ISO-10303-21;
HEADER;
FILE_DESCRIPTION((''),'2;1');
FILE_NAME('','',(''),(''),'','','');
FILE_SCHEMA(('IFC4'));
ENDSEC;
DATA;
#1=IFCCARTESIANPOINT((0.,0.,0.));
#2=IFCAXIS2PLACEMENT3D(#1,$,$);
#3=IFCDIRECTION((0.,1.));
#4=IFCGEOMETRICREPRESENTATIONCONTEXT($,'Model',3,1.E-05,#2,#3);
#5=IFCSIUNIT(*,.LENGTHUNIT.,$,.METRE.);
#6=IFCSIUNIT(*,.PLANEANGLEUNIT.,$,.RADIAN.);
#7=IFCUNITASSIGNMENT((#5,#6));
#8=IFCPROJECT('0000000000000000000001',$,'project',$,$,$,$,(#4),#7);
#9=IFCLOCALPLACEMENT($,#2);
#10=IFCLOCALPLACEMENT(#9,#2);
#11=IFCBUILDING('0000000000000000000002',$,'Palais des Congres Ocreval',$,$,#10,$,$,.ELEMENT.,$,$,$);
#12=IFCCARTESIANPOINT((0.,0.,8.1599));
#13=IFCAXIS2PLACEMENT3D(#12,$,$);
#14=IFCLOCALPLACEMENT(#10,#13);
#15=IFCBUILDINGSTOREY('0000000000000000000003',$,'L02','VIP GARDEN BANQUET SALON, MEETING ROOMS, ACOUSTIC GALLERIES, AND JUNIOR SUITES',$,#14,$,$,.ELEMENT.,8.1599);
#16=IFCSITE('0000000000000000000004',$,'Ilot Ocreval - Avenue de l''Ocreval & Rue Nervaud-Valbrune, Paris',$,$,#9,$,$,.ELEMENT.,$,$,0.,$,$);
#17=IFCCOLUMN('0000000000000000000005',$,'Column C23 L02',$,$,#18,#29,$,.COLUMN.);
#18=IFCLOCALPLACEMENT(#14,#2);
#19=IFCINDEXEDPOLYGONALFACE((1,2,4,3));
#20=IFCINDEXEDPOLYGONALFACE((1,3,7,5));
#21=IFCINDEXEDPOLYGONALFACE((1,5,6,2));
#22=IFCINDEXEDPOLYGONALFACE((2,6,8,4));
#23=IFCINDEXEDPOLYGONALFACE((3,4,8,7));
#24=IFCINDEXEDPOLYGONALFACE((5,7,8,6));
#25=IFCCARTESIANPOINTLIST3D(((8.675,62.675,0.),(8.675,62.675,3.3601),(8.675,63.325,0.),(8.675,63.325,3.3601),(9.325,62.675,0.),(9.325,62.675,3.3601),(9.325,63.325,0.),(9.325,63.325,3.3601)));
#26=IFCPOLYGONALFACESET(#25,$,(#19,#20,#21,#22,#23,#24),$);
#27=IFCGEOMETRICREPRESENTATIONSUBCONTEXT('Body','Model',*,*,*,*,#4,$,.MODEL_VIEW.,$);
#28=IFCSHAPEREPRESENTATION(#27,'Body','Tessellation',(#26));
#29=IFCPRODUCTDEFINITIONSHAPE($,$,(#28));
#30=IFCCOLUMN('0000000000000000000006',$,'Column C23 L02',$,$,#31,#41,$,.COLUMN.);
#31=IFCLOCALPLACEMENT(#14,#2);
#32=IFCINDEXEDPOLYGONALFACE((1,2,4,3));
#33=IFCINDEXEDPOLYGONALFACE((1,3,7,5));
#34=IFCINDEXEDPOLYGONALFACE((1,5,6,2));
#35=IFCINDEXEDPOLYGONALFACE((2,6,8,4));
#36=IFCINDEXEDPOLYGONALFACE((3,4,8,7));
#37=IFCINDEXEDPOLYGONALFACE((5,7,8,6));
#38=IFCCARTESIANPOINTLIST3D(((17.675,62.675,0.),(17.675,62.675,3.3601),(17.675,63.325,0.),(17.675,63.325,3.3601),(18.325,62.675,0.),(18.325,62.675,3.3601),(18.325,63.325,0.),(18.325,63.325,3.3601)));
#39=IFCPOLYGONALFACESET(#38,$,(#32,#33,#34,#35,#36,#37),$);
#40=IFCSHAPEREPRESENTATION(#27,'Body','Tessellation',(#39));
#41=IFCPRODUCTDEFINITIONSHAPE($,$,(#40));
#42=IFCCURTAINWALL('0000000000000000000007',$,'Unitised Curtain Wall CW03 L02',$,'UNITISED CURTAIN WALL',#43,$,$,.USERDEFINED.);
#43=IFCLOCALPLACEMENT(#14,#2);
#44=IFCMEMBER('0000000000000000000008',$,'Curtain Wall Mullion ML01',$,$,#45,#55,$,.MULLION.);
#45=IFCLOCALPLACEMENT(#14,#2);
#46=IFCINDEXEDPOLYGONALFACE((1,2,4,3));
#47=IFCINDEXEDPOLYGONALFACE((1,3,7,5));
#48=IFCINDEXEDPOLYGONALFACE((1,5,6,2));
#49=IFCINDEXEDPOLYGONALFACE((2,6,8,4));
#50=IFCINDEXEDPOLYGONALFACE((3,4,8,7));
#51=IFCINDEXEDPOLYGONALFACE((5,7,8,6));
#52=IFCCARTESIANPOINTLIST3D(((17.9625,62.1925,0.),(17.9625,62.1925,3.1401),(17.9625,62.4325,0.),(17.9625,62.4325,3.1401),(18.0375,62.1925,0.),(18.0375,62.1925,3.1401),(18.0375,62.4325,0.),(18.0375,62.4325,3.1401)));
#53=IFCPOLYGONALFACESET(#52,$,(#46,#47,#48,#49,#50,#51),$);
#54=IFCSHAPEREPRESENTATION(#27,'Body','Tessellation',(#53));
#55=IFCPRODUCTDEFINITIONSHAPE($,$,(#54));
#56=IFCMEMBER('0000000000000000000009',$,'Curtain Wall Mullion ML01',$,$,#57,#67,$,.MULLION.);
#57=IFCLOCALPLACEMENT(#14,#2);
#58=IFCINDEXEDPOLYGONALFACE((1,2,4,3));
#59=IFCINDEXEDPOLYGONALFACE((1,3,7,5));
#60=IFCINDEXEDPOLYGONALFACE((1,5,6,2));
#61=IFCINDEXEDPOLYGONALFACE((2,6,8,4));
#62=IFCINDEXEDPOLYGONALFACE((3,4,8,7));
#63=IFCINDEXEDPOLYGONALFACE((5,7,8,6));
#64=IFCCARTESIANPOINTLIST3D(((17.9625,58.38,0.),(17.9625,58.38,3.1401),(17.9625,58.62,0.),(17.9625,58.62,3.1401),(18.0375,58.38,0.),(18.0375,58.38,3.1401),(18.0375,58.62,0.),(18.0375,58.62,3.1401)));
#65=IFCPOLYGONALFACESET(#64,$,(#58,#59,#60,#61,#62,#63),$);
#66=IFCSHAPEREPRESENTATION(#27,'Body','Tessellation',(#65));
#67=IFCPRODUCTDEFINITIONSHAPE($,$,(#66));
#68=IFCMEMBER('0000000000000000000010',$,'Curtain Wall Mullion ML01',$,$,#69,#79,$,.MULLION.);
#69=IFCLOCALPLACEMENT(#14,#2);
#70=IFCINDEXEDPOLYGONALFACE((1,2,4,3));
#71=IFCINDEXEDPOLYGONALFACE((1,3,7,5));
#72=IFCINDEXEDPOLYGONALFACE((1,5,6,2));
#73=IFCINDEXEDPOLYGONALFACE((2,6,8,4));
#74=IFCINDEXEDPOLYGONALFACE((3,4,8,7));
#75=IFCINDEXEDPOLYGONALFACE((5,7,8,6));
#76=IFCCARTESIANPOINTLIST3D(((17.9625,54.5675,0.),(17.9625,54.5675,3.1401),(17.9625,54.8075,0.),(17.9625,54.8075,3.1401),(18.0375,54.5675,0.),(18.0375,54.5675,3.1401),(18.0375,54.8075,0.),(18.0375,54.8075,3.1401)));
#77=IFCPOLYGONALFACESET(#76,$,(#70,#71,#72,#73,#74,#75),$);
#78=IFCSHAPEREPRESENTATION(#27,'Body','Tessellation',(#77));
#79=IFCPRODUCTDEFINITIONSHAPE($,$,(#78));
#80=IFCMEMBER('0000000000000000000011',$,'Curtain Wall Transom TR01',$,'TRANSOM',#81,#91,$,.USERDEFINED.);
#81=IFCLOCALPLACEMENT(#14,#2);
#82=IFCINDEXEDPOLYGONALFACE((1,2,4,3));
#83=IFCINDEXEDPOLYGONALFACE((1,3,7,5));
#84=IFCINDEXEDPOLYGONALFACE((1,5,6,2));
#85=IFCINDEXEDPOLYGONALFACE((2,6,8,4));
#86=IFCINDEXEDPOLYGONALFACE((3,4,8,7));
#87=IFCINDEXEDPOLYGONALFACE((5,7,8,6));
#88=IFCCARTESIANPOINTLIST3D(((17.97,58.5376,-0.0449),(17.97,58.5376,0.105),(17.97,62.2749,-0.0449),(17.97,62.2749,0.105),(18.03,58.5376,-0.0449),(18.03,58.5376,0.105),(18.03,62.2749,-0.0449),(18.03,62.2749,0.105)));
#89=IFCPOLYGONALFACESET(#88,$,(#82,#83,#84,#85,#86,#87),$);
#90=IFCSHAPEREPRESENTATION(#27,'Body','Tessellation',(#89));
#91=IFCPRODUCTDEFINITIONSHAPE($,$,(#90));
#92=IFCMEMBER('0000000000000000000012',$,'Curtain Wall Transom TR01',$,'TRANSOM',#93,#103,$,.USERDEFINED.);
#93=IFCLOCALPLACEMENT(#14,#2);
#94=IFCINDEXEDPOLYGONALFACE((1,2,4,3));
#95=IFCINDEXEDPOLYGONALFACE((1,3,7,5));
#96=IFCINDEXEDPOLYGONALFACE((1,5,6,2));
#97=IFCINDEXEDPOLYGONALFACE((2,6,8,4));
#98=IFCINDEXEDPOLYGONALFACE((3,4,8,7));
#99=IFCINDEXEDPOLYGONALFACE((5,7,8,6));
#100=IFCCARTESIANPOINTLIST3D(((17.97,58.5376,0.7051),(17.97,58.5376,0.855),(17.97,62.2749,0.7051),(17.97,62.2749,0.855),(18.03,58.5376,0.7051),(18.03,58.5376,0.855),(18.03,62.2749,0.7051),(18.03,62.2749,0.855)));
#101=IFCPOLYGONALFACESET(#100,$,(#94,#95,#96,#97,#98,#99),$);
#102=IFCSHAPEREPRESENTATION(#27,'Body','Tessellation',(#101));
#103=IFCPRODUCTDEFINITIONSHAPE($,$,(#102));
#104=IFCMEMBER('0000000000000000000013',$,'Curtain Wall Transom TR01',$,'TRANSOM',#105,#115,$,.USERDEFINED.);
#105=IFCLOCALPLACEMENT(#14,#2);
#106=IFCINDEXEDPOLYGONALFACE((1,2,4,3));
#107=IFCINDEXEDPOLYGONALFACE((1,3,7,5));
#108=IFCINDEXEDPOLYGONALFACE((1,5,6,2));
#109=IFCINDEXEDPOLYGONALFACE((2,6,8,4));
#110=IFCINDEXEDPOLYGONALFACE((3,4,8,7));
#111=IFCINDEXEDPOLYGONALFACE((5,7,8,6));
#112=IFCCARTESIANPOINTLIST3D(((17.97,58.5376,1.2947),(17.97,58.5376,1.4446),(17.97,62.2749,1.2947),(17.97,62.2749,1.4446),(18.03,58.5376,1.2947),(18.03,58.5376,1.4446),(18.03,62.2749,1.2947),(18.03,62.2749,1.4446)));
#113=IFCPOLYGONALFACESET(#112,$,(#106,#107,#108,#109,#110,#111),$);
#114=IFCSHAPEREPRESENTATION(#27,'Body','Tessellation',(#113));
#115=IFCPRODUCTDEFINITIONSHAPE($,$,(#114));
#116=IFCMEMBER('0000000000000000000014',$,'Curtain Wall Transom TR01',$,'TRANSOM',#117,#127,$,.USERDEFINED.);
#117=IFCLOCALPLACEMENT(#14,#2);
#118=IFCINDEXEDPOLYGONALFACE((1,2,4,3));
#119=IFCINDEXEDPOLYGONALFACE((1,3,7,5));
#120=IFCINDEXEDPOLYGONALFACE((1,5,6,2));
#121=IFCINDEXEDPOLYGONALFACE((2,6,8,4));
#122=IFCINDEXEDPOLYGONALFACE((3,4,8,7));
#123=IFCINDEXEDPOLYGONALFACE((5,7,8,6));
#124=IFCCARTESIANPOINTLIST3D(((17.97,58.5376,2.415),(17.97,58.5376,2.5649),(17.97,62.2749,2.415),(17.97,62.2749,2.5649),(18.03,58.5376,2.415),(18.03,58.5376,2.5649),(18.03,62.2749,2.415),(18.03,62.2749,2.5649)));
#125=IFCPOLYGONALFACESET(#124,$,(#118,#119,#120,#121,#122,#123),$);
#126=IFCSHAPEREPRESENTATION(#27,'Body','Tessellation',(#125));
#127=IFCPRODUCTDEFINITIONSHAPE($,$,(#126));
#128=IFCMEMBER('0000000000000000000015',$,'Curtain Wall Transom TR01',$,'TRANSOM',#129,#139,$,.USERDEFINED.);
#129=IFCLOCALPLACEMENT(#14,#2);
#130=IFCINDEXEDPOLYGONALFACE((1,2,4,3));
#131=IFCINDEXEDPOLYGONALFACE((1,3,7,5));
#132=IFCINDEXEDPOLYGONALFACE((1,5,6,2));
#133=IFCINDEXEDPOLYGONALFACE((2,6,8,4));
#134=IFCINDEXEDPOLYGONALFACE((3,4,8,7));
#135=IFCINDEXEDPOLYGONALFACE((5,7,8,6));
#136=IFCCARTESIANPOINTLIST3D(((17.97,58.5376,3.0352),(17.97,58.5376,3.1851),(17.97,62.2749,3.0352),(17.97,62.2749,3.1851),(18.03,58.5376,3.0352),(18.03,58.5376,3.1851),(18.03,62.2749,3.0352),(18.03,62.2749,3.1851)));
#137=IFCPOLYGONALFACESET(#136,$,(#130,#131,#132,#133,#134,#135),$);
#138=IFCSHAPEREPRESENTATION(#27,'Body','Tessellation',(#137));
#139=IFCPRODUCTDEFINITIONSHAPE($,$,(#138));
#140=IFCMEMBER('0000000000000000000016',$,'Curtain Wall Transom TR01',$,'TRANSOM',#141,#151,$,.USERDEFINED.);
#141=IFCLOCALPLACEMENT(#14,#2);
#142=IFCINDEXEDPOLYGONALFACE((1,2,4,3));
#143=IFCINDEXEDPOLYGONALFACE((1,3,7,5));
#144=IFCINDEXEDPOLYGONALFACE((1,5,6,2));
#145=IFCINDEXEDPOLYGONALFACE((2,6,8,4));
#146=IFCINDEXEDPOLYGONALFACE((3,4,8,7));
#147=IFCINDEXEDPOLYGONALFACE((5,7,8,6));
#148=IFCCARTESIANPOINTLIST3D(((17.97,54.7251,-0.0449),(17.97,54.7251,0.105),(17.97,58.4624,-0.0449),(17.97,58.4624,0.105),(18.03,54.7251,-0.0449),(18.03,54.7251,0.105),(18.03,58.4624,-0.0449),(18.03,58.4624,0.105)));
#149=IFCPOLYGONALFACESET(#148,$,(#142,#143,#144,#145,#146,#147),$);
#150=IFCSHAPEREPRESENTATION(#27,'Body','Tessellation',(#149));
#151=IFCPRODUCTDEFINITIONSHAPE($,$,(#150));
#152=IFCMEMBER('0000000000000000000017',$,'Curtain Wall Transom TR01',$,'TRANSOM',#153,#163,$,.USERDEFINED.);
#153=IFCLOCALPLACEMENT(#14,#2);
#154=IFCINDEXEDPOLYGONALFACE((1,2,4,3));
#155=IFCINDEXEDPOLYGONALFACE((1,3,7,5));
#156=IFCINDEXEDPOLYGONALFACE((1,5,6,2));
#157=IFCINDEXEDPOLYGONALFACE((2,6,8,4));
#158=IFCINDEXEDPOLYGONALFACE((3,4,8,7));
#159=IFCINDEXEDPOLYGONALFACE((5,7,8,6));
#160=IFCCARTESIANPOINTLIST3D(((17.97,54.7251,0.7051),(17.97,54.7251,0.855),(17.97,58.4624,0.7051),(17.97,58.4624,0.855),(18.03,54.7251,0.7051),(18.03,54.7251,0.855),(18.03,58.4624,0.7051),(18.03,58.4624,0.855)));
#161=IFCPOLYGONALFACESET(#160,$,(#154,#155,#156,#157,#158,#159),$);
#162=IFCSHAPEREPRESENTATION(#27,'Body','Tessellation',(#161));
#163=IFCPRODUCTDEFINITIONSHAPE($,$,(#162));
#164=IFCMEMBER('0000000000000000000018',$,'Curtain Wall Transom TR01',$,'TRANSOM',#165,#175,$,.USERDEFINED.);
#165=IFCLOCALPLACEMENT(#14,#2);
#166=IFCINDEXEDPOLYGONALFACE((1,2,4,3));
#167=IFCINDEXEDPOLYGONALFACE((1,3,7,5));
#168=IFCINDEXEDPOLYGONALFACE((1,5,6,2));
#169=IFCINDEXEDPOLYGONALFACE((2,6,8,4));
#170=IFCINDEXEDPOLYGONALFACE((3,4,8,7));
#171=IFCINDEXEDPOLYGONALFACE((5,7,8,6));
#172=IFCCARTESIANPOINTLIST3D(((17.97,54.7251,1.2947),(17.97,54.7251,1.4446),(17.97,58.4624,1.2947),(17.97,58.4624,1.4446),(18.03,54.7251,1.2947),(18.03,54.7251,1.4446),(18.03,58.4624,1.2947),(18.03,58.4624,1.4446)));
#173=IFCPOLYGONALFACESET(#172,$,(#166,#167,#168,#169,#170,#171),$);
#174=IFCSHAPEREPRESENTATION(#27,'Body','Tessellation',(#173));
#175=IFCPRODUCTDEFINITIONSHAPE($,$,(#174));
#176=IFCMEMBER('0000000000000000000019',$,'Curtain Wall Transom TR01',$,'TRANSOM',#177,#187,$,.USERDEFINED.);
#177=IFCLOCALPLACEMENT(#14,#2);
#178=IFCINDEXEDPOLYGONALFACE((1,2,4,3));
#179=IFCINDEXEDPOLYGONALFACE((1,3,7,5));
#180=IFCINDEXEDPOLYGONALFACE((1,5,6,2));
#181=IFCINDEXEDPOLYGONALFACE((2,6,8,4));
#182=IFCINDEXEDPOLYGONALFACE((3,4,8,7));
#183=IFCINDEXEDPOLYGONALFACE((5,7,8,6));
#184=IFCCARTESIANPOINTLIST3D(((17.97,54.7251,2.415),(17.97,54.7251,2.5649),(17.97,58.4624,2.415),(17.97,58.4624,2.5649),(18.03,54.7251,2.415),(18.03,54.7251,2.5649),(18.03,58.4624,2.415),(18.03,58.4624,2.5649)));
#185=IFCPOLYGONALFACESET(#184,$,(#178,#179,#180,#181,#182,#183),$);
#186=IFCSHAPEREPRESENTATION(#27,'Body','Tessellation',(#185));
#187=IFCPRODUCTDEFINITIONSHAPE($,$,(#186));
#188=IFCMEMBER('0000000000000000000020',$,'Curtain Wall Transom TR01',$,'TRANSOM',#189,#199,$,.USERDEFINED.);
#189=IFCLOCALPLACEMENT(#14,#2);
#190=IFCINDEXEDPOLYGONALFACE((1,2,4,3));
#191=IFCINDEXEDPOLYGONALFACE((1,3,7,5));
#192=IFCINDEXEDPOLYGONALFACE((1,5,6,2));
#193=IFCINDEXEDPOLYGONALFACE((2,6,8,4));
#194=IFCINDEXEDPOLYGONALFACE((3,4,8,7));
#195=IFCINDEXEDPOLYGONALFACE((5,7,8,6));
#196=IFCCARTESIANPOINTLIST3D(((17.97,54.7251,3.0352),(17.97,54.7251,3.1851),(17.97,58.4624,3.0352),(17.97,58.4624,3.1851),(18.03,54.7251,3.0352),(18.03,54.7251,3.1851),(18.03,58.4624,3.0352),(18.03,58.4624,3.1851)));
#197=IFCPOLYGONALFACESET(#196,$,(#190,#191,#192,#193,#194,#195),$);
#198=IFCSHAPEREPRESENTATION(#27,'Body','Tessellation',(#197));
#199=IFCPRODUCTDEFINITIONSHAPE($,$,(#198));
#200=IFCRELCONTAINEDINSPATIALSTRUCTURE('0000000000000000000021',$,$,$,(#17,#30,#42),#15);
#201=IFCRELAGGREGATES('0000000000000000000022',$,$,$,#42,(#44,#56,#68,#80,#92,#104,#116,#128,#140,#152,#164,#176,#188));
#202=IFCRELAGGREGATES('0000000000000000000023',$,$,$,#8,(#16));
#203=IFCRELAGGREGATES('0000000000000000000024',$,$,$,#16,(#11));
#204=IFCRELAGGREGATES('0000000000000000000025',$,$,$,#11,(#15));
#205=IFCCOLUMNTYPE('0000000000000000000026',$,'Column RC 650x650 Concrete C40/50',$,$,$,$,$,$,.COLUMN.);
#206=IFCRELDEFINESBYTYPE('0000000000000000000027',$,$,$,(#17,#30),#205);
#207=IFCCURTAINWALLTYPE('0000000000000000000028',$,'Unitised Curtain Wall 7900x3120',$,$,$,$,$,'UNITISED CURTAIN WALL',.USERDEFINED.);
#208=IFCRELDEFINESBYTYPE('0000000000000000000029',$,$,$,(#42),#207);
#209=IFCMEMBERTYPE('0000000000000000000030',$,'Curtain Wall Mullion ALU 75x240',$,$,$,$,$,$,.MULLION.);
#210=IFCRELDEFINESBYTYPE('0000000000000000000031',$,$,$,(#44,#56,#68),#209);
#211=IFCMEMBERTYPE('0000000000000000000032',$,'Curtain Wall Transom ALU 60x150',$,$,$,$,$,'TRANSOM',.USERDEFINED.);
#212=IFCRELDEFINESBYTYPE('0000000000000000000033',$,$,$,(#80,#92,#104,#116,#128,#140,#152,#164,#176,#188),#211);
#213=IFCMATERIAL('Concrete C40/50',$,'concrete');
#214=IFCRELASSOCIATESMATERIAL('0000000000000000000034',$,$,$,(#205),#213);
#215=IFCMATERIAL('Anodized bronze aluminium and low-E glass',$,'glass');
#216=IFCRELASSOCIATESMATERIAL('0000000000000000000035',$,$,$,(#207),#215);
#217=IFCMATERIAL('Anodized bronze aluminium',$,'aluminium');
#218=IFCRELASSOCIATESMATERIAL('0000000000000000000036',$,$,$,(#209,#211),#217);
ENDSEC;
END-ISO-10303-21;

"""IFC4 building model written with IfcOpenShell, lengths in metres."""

from ifc_helpers import new_model, si_unit, direction, frame, origin, origin_2d, place, context, subcontext, project, spatial, rectangle, extrude, material, material_profile, profile_set, type_object, element, aggregate, save


model = new_model("IFC4")

# Units and contexts
model_context = context("Model", 3, precision=1e-05, world=origin(), true_north=direction((0.0, 1.0)))
body_context = subcontext(model_context, "Body", "Model", "MODEL_VIEW")
ifc_project = project(units=[si_unit("LENGTHUNIT", "METRE"), si_unit("PLANEANGLEUNIT", "RADIAN")], contexts=[model_context])

# Site, building, storey
site_placement = place(None, origin())
site = spatial("IfcSite", under=ifc_project, at=site_placement, Name="Ilot Ocreval - Avenue de l'Ocreval & Rue Nervaud-Valbrune, Paris", CompositionType="ELEMENT", RefElevation=0.0)
building_placement = place(site_placement, origin())
building = spatial("IfcBuilding", under=site, at=building_placement, Name="Palais des Congres Ocreval", CompositionType="ELEMENT")
storey_placement = place(building_placement, frame((0.0, 0.0, 8.1599)))
storey = spatial("IfcBuildingStorey", under=building, at=storey_placement, Name="L02", Description="VIP GARDEN BANQUET SALON, MEETING ROOMS, ACOUSTIC GALLERIES, AND JUNIOR SUITES", CompositionType="ELEMENT", Elevation=8.1599)

# Columns
ifc_material_1 = material(Name="Concrete C40/50", Category="concrete")
ifc_material_profile_1 = material_profile(ifc_material_1, rectangle(XDim=0.6499, YDim=0.6499, at=origin_2d()), Name="RC 650x650")
ifc_profile_set_1 = profile_set([ifc_material_profile_1], Name="Concrete C40/50")
column_type = type_object("IfcColumnType", Name="Column RC 650x650 Concrete C40/50", PredefinedType="COLUMN", material=ifc_profile_set_1)
for number, where, z_axis, x_axis, name in (
    (1, (9.0, 63.0, 0.0), (0.0, 0.0, 1.0), (1.0, 0.0, 0.0), "Column C23 L02"),
    (2, (18.0, 63.0, 0.0), (0.0, 0.0, 1.0), (1.0, 0.0, 0.0), "Column C23 L02"),
):
    element("IfcColumn", number, at=place(storey_placement, frame(where, z_axis=z_axis, x_axis=x_axis)), inside=storey, type_object=column_type, Name=name, PredefinedType="COLUMN", context=body_context, shape_type="SweptSolid", body=[
        extrude(rectangle(XDim=0.6499, YDim=0.6499, at=origin_2d()), origin(), (0.0, 0.0, 1.0), 3.3601),
    ])

# Curtain wall, members
ifc_material_2 = material(Name="Anodized bronze aluminium and low-E glass", Category="glass")
curtain_wall_type = type_object("IfcCurtainWallType", Name="Unitised Curtain Wall 7900x3120", ElementType="UNITISED CURTAIN WALL", PredefinedType="USERDEFINED", material=ifc_material_2)
curtain_wall_placement = place(storey_placement, origin())
curtain_wall = element("IfcCurtainWall", 3, at=curtain_wall_placement, inside=storey, type_object=curtain_wall_type, Name="Unitised Curtain Wall CW03 L02", ObjectType="UNITISED CURTAIN WALL", PredefinedType="USERDEFINED")
ifc_material_3 = material(Name="Anodized bronze aluminium", Category="aluminium")
ifc_material_profile_2 = material_profile(ifc_material_3, rectangle(XDim=0.075, YDim=0.24, at=origin_2d()), Name="ALU 75x240")
ifc_profile_set_2 = profile_set([ifc_material_profile_2], Name="Anodized bronze aluminium")
member_type_1 = type_object("IfcMemberType", Name="Curtain Wall Mullion ALU 75x240", PredefinedType="MULLION", material=ifc_profile_set_2)
member_1_placement = place(storey_placement, frame((18.0, 62.3125, 0.0), z_axis=(0.0, 0.0, 1.0), x_axis=(1.0, 0.0, 0.0)))
member_1 = element("IfcMember", 4, at=member_1_placement, type_object=member_type_1, Name="Curtain Wall Mullion ML01", PredefinedType="MULLION", context=body_context, shape_type="SweptSolid", body=[
    extrude(rectangle(XDim=0.075, YDim=0.24, at=origin_2d()), origin(), (0.0, 0.0, 1.0), 3.1401),
])
member_2_placement = place(storey_placement, frame((18.0, 58.5, 0.0), z_axis=(0.0, 0.0, 1.0), x_axis=(1.0, 0.0, 0.0)))
member_2 = element("IfcMember", 5, at=member_2_placement, type_object=member_type_1, Name="Curtain Wall Mullion ML01", PredefinedType="MULLION", context=body_context, shape_type="SweptSolid", body=[
    extrude(rectangle(XDim=0.075, YDim=0.24, at=origin_2d()), origin(), (0.0, 0.0, 1.0), 3.1401),
])
member_3_placement = place(storey_placement, frame((18.0, 54.6875, 0.0), z_axis=(0.0, 0.0, 1.0), x_axis=(1.0, 0.0, 0.0)))
member_3 = element("IfcMember", 6, at=member_3_placement, type_object=member_type_1, Name="Curtain Wall Mullion ML01", PredefinedType="MULLION", context=body_context, shape_type="SweptSolid", body=[
    extrude(rectangle(XDim=0.075, YDim=0.24, at=origin_2d()), origin(), (0.0, 0.0, 1.0), 3.1401),
])
ifc_material_profile_3 = material_profile(ifc_material_3, rectangle(XDim=0.0601, YDim=0.1499, at=origin_2d()), Name="ALU 60x150")
ifc_profile_set_3 = profile_set([ifc_material_profile_3], Name="Anodized bronze aluminium")
member_type_2 = type_object("IfcMemberType", Name="Curtain Wall Transom ALU 60x150", ElementType="TRANSOM", PredefinedType="USERDEFINED", material=ifc_profile_set_3)
member_4_placement = place(storey_placement, frame((18.0, 62.2749, 0.03), z_axis=(0.0, -1.0, 0.0), x_axis=(1.0, 0.0, 0.0)))
member_4 = element("IfcMember", 7, at=member_4_placement, type_object=member_type_2, Name="Curtain Wall Transom TR01", ObjectType="TRANSOM", PredefinedType="USERDEFINED", context=body_context, shape_type="SweptSolid", body=[
    extrude(rectangle(XDim=0.0601, YDim=0.1499, at=origin_2d()), origin(), (0.0, 0.0, 1.0), 3.7373),
])
member_5_placement = place(storey_placement, frame((18.0, 62.2749, 0.78), z_axis=(0.0, -1.0, 0.0), x_axis=(1.0, 0.0, 0.0)))
member_5 = element("IfcMember", 8, at=member_5_placement, type_object=member_type_2, Name="Curtain Wall Transom TR01", ObjectType="TRANSOM", PredefinedType="USERDEFINED", context=body_context, shape_type="SweptSolid", body=[
    extrude(rectangle(XDim=0.0601, YDim=0.1499, at=origin_2d()), origin(), (0.0, 0.0, 1.0), 3.7373),
])
member_6_placement = place(storey_placement, frame((18.0, 62.2749, 1.3696), z_axis=(0.0, -1.0, 0.0), x_axis=(1.0, 0.0, 0.0)))
member_6 = element("IfcMember", 9, at=member_6_placement, type_object=member_type_2, Name="Curtain Wall Transom TR01", ObjectType="TRANSOM", PredefinedType="USERDEFINED", context=body_context, shape_type="SweptSolid", body=[
    extrude(rectangle(XDim=0.0601, YDim=0.1499, at=origin_2d()), origin(), (0.0, 0.0, 1.0), 3.7373),
])
member_7_placement = place(storey_placement, frame((18.0, 62.2749, 2.49), z_axis=(0.0, -1.0, 0.0), x_axis=(1.0, 0.0, 0.0)))
member_7 = element("IfcMember", 10, at=member_7_placement, type_object=member_type_2, Name="Curtain Wall Transom TR01", ObjectType="TRANSOM", PredefinedType="USERDEFINED", context=body_context, shape_type="SweptSolid", body=[
    extrude(rectangle(XDim=0.0601, YDim=0.1499, at=origin_2d()), origin(), (0.0, 0.0, 1.0), 3.7373),
])
member_8_placement = place(storey_placement, frame((18.0, 62.2749, 3.1101), z_axis=(0.0, -1.0, 0.0), x_axis=(1.0, 0.0, 0.0)))
member_8 = element("IfcMember", 11, at=member_8_placement, type_object=member_type_2, Name="Curtain Wall Transom TR01", ObjectType="TRANSOM", PredefinedType="USERDEFINED", context=body_context, shape_type="SweptSolid", body=[
    extrude(rectangle(XDim=0.0601, YDim=0.1499, at=origin_2d()), origin(), (0.0, 0.0, 1.0), 3.7373),
])
member_9_placement = place(storey_placement, frame((18.0, 58.4624, 0.03), z_axis=(0.0, -1.0, 0.0), x_axis=(1.0, 0.0, 0.0)))
member_9 = element("IfcMember", 12, at=member_9_placement, type_object=member_type_2, Name="Curtain Wall Transom TR01", ObjectType="TRANSOM", PredefinedType="USERDEFINED", context=body_context, shape_type="SweptSolid", body=[
    extrude(rectangle(XDim=0.0601, YDim=0.1499, at=origin_2d()), origin(), (0.0, 0.0, 1.0), 3.7373),
])
member_10_placement = place(storey_placement, frame((18.0, 58.4624, 0.78), z_axis=(0.0, -1.0, 0.0), x_axis=(1.0, 0.0, 0.0)))
member_10 = element("IfcMember", 13, at=member_10_placement, type_object=member_type_2, Name="Curtain Wall Transom TR01", ObjectType="TRANSOM", PredefinedType="USERDEFINED", context=body_context, shape_type="SweptSolid", body=[
    extrude(rectangle(XDim=0.0601, YDim=0.1499, at=origin_2d()), origin(), (0.0, 0.0, 1.0), 3.7373),
])
member_11_placement = place(storey_placement, frame((18.0, 58.4624, 1.3696), z_axis=(0.0, -1.0, 0.0), x_axis=(1.0, 0.0, 0.0)))
member_11 = element("IfcMember", 14, at=member_11_placement, type_object=member_type_2, Name="Curtain Wall Transom TR01", ObjectType="TRANSOM", PredefinedType="USERDEFINED", context=body_context, shape_type="SweptSolid", body=[
    extrude(rectangle(XDim=0.0601, YDim=0.1499, at=origin_2d()), origin(), (0.0, 0.0, 1.0), 3.7373),
])
member_12_placement = place(storey_placement, frame((18.0, 58.4624, 2.49), z_axis=(0.0, -1.0, 0.0), x_axis=(1.0, 0.0, 0.0)))
member_12 = element("IfcMember", 15, at=member_12_placement, type_object=member_type_2, Name="Curtain Wall Transom TR01", ObjectType="TRANSOM", PredefinedType="USERDEFINED", context=body_context, shape_type="SweptSolid", body=[
    extrude(rectangle(XDim=0.0601, YDim=0.1499, at=origin_2d()), origin(), (0.0, 0.0, 1.0), 3.7373),
])
member_13_placement = place(storey_placement, frame((18.0, 58.4624, 3.1101), z_axis=(0.0, -1.0, 0.0), x_axis=(1.0, 0.0, 0.0)))
member_13 = element("IfcMember", 16, at=member_13_placement, type_object=member_type_2, Name="Curtain Wall Transom TR01", ObjectType="TRANSOM", PredefinedType="USERDEFINED", context=body_context, shape_type="SweptSolid", body=[
    extrude(rectangle(XDim=0.0601, YDim=0.1499, at=origin_2d()), origin(), (0.0, 0.0, 1.0), 3.7373),
])

aggregate(curtain_wall, [member_1, member_2, member_3, member_4, member_5, member_6, member_7, member_8, member_9, member_10, member_11, member_12, member_13])

save(model, "model.ifc")
